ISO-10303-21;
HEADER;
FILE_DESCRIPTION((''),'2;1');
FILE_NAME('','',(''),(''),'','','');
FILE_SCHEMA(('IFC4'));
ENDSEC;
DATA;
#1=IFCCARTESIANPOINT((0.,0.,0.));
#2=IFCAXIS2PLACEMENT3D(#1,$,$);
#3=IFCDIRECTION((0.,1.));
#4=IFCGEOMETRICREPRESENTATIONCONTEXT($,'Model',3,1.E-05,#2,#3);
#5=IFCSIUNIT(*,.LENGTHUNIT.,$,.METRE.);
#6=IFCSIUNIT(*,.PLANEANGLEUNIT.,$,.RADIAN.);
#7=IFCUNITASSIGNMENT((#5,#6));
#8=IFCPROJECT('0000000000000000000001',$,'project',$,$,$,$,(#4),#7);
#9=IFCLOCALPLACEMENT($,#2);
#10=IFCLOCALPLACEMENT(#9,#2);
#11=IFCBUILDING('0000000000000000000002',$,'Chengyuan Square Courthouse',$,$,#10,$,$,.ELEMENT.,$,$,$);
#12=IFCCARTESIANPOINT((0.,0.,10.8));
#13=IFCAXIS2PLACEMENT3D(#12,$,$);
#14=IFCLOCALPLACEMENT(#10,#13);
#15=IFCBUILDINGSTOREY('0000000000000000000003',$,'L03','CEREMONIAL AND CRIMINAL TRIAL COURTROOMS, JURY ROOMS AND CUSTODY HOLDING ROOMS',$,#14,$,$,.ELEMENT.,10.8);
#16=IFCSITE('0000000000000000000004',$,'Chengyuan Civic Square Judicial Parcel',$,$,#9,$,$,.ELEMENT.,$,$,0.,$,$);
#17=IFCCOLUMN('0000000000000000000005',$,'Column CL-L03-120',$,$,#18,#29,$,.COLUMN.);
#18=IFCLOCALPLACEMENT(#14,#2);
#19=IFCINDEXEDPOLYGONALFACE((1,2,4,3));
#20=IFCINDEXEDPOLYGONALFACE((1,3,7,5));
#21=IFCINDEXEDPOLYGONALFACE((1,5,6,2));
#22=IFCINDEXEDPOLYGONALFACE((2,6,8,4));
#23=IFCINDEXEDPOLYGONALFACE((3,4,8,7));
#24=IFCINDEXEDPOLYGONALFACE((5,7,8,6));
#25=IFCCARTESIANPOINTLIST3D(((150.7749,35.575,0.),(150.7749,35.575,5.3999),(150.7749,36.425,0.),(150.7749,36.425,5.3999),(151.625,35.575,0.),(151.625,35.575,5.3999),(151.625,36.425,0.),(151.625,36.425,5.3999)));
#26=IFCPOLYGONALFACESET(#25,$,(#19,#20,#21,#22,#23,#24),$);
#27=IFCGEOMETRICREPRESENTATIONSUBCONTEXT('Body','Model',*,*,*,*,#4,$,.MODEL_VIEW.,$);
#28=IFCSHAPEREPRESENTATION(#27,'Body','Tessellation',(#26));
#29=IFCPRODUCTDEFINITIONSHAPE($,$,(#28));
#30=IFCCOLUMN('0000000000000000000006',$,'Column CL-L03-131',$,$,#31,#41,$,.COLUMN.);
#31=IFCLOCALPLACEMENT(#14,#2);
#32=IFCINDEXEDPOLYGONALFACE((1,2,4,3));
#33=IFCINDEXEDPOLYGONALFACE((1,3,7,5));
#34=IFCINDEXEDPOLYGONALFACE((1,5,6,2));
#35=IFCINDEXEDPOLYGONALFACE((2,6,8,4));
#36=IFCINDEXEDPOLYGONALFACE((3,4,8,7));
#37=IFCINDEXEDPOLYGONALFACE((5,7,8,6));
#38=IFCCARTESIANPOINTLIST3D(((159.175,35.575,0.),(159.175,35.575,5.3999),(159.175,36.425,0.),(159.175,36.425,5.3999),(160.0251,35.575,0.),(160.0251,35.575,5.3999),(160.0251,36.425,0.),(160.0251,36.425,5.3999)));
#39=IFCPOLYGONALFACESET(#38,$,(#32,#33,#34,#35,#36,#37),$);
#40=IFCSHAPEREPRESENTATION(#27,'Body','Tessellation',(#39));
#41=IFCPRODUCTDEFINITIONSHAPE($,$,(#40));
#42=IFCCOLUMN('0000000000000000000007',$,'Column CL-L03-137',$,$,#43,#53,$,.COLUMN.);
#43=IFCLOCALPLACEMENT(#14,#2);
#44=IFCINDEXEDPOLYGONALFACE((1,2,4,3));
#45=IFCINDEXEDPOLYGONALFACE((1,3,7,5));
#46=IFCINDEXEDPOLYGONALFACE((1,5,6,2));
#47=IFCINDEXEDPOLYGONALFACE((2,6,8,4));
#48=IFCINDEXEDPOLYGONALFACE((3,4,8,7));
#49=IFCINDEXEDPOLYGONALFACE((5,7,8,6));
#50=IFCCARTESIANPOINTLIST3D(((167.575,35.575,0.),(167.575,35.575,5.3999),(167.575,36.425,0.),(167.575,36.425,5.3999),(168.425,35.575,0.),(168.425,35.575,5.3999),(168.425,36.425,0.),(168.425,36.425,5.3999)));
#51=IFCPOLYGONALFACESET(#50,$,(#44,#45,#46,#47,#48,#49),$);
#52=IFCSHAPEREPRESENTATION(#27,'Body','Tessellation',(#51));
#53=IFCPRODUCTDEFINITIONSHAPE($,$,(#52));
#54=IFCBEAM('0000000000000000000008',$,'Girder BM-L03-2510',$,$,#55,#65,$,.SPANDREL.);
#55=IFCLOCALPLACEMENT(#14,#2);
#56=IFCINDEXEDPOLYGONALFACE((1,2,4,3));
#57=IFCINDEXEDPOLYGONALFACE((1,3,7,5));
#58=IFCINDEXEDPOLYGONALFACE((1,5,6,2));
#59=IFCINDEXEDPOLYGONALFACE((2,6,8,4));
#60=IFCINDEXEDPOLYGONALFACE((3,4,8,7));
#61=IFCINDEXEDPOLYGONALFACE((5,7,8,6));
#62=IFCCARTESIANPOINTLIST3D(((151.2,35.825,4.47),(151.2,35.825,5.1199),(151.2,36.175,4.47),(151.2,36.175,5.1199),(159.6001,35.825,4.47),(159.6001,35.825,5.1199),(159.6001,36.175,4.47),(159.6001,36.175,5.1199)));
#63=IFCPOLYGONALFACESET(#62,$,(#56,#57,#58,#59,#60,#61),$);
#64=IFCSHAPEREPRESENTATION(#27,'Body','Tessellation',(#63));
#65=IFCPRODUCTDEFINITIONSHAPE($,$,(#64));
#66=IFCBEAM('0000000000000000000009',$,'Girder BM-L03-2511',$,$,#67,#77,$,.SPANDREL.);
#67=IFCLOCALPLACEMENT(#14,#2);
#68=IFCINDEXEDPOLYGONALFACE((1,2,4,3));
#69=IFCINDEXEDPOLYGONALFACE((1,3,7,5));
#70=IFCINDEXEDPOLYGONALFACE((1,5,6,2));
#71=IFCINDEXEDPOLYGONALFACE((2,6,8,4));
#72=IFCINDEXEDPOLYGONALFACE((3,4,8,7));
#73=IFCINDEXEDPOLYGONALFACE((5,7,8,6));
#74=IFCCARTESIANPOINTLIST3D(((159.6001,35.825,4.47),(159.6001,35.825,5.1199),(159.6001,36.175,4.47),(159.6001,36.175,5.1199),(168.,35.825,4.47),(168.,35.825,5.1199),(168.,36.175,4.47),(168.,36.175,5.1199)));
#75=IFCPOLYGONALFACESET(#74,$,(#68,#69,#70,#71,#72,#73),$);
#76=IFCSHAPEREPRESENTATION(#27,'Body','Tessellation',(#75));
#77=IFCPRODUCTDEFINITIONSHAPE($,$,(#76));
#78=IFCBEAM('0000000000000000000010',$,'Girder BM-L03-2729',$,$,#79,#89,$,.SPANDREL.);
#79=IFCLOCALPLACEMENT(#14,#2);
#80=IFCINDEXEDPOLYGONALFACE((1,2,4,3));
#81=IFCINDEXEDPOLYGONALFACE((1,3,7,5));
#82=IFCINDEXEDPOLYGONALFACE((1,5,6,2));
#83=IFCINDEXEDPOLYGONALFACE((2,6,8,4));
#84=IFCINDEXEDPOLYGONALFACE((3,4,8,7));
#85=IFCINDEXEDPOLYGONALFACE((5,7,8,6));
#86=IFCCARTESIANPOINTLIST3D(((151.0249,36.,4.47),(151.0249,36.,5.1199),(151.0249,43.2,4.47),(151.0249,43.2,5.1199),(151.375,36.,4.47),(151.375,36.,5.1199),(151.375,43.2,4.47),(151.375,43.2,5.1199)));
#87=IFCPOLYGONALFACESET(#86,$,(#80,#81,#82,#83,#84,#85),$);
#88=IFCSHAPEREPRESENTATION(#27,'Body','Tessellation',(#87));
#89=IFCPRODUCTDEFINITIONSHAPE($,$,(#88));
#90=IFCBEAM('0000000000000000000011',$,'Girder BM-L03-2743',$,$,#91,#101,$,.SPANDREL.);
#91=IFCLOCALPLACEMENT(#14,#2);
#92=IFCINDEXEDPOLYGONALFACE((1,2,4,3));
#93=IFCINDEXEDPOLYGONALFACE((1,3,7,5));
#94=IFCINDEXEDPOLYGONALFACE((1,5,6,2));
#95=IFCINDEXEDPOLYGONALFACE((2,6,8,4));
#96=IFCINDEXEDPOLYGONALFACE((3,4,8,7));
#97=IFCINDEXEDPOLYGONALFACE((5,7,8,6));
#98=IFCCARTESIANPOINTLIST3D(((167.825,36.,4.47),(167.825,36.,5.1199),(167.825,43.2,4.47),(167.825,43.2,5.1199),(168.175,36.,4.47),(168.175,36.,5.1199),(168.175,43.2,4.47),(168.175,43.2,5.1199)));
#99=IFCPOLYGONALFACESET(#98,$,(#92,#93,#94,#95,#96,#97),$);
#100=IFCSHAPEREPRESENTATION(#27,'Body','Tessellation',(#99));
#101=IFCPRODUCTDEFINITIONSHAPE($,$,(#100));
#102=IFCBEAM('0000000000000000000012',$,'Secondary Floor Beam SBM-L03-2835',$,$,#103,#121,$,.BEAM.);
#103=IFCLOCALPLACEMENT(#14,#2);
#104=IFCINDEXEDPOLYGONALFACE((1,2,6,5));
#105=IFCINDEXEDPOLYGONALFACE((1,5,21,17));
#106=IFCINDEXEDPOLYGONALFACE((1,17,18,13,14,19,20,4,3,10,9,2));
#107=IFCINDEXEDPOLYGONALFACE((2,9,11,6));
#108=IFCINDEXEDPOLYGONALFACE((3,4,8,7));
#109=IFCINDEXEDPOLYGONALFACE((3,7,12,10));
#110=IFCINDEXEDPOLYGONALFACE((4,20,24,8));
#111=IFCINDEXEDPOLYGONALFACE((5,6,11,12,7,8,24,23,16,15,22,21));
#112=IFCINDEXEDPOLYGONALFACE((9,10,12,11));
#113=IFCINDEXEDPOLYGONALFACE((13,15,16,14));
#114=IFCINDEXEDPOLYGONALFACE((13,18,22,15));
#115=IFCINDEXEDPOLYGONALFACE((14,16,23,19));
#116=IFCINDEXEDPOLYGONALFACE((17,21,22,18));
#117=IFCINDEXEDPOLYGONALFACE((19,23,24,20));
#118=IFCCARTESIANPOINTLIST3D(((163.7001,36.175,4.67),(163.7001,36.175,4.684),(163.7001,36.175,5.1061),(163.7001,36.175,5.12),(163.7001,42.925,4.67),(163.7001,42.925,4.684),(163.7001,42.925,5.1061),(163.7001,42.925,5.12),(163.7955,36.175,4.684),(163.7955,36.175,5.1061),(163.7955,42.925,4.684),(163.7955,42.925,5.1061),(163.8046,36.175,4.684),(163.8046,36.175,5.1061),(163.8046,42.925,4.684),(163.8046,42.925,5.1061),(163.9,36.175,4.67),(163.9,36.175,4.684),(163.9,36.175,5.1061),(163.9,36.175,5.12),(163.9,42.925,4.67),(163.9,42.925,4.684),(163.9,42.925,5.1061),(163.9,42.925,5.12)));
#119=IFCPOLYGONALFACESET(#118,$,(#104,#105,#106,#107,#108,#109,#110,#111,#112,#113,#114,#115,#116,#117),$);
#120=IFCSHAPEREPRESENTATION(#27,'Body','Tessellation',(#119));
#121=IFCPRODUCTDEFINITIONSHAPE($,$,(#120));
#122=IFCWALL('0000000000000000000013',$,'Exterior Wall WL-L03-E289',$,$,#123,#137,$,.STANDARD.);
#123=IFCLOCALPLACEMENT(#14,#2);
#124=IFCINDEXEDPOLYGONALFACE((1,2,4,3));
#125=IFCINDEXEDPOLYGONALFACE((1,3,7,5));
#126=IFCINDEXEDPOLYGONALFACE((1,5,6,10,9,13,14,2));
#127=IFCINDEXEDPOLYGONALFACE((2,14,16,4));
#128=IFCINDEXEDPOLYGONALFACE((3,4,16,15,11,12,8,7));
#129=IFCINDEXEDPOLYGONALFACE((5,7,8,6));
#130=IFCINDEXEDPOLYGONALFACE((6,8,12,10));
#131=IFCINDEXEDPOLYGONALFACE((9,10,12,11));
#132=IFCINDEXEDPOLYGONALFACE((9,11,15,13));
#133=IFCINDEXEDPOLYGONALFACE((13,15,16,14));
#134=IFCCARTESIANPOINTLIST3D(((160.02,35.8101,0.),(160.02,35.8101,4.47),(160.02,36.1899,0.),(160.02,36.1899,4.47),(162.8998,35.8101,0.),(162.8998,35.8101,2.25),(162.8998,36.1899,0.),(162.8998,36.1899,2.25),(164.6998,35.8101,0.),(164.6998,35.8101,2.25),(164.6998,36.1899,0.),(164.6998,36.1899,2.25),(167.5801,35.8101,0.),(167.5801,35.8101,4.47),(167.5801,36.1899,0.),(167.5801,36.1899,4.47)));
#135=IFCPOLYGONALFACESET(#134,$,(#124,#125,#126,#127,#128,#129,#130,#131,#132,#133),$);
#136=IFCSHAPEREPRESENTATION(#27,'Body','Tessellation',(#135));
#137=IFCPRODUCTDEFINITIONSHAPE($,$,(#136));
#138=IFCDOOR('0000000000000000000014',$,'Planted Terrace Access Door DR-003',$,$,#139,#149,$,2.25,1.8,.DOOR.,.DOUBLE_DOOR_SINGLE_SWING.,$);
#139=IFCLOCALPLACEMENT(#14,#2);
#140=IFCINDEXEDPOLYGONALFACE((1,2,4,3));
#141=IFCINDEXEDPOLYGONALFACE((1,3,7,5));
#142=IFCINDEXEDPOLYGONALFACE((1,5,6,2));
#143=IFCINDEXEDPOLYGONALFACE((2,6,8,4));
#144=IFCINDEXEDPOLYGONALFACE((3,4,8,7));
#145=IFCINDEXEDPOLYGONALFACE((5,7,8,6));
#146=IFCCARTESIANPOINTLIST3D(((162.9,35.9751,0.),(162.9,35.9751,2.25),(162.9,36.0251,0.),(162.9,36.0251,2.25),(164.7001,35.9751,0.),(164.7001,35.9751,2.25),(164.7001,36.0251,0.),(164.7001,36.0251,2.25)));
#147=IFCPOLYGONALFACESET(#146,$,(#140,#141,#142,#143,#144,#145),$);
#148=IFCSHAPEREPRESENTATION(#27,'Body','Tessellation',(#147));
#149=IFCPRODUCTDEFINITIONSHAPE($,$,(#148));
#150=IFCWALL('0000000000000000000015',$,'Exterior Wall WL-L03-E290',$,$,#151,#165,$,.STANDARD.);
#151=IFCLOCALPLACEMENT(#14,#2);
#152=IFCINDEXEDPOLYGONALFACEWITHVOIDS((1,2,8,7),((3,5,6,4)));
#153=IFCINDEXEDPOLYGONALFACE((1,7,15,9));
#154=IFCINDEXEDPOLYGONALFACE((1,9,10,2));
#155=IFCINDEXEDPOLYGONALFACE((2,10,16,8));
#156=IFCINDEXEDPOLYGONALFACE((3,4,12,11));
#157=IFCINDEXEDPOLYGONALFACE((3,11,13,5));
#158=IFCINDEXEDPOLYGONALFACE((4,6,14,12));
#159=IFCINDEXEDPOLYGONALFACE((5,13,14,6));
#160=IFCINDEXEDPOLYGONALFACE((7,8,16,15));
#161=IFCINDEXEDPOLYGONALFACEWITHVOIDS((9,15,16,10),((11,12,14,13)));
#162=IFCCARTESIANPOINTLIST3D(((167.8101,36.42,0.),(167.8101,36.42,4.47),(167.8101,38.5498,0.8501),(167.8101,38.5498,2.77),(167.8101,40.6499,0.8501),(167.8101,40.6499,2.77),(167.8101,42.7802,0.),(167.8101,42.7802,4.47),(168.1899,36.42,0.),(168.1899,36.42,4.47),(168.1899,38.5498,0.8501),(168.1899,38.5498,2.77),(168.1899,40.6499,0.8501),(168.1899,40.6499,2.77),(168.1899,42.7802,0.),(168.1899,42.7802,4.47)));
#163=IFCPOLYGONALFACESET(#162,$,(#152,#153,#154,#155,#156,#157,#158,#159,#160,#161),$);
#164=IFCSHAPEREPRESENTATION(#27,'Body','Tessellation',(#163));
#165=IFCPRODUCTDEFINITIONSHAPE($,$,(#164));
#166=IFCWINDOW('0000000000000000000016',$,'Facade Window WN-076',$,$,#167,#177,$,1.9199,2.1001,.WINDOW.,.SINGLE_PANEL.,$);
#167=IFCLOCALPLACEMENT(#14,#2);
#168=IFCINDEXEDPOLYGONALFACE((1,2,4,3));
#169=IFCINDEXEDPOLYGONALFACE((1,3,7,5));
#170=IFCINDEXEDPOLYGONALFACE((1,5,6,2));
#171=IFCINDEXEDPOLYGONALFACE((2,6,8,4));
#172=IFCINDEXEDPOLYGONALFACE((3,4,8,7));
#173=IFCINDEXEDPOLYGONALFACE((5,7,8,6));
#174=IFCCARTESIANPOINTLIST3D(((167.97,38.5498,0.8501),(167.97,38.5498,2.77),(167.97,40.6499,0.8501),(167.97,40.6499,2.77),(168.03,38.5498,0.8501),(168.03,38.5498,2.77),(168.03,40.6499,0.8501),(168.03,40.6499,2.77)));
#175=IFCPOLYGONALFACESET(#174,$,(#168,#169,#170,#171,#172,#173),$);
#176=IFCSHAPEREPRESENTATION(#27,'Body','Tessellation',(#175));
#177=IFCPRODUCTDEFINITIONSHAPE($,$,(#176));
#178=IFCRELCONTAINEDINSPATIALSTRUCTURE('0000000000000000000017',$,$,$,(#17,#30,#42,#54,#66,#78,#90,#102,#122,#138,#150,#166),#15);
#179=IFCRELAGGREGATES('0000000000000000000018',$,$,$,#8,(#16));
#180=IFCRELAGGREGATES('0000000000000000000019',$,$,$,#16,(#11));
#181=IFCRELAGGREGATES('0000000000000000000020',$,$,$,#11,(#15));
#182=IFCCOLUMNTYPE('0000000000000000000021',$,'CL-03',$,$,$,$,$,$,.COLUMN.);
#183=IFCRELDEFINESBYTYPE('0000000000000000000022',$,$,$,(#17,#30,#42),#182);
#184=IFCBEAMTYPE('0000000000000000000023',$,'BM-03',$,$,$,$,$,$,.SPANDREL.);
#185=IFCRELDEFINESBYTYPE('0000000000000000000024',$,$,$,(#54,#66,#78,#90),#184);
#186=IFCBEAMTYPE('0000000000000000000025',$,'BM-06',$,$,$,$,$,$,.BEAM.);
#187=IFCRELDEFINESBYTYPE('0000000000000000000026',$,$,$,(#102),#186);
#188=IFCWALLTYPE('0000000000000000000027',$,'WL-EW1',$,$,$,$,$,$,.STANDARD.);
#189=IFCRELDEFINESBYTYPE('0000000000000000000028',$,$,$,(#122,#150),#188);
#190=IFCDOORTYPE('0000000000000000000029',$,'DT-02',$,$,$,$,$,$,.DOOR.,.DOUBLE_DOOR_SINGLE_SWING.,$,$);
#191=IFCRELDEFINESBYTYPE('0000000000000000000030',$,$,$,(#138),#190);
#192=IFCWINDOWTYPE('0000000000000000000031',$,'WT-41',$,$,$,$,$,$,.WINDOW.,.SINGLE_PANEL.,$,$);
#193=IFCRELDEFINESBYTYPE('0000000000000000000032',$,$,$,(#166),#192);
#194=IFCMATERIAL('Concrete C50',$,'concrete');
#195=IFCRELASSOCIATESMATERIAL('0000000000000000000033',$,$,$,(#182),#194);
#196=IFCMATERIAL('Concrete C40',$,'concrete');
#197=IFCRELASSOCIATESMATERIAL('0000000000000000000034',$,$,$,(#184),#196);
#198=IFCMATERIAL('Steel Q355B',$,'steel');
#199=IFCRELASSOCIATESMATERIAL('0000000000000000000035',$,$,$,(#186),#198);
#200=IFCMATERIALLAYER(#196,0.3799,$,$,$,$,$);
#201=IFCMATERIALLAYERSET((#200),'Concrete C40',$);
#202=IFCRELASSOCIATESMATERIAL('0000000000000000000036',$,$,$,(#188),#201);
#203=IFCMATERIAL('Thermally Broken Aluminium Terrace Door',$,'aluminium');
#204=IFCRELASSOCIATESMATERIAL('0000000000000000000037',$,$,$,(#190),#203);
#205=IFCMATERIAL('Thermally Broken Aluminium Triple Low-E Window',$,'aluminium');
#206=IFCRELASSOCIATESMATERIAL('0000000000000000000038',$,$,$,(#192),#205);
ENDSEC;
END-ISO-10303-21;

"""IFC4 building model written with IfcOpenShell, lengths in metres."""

from ifc_helpers import new_model, si_unit, direction, frame, frame_2d, origin, origin_2d, place, context, subcontext, project, spatial, rectangle, i_section, extrude, material, layer, layer_set, material_profile, profile_set, type_object, element, fill, save


model = new_model("IFC4")

# Units and contexts
model_context = context("Model", 3, precision=1e-05, world=origin(), true_north=direction((0.0, 1.0)))
body_context = subcontext(model_context, "Body", "Model", "MODEL_VIEW")
ifc_project = project(units=[si_unit("LENGTHUNIT", "METRE"), si_unit("PLANEANGLEUNIT", "RADIAN")], contexts=[model_context])

# Site, building, storey
site_placement = place(None, origin())
site = spatial("IfcSite", under=ifc_project, at=site_placement, Name="Chengyuan Civic Square Judicial Parcel", CompositionType="ELEMENT", RefElevation=0.0)
building_placement = place(site_placement, origin())
building = spatial("IfcBuilding", under=site, at=building_placement, Name="Chengyuan Square Courthouse", CompositionType="ELEMENT")
storey_placement = place(building_placement, frame((0.0, 0.0, 10.8)))
storey = spatial("IfcBuildingStorey", under=building, at=storey_placement, Name="L03", Description="CEREMONIAL AND CRIMINAL TRIAL COURTROOMS, JURY ROOMS AND CUSTODY HOLDING ROOMS", CompositionType="ELEMENT", Elevation=10.8)

# Columns
ifc_material_1 = material(Name="Concrete C50", Category="concrete")
ifc_material_profile_1 = material_profile(ifc_material_1, rectangle(XDim=0.8501, YDim=0.8501, at=origin_2d()), Name="RC-COL-850x850")
ifc_profile_set_1 = profile_set([ifc_material_profile_1], Name="Concrete C50")
column_type = type_object("IfcColumnType", Name="CL-03", PredefinedType="COLUMN", material=ifc_profile_set_1)
for number, where, z_axis, x_axis, name in (
    (1, (151.2, 36.0, 0.0), (0.0, 0.0, 1.0), (1.0, 0.0, 0.0), "Column CL-L03-120"),
    (2, (159.6001, 36.0, 0.0), (0.0, 0.0, 1.0), (1.0, 0.0, 0.0), "Column CL-L03-131"),
    (3, (168.0, 36.0, 0.0), (0.0, 0.0, 1.0), (1.0, 0.0, 0.0), "Column CL-L03-137"),
):
    element("IfcColumn", number, at=place(storey_placement, frame(where, z_axis=z_axis, x_axis=x_axis)), inside=storey, type_object=column_type, Name=name, PredefinedType="COLUMN", context=body_context, shape_type="SweptSolid", body=[
        extrude(rectangle(XDim=0.8501, YDim=0.8501, at=origin_2d()), origin(), (0.0, 0.0, 1.0), 5.3999),
    ])

# Beams
ifc_material_2 = material(Name="Concrete C40", Category="concrete")
ifc_material_profile_2 = material_profile(ifc_material_2, rectangle(XDim=0.3501, YDim=0.6499, at=origin_2d()), Name="RC-BM-350x650")
ifc_profile_set_2 = profile_set([ifc_material_profile_2], Name="Concrete C40")
beam_type_1 = type_object("IfcBeamType", Name="BM-03", PredefinedType="SPANDREL", material=ifc_profile_set_2)
beam_1_placement = place(storey_placement, frame((151.2, 36.0, 4.7949), z_axis=(1.0, 0.0, 0.0), x_axis=(0.0, 1.0, 0.0)))
element("IfcBeam", 4, at=beam_1_placement, inside=storey, type_object=beam_type_1, Name="Girder BM-L03-2510", PredefinedType="SPANDREL", context=body_context, shape_type="SweptSolid", body=[
    extrude(rectangle(XDim=0.3501, YDim=0.6499, at=origin_2d()), origin(), (0.0, 0.0, 1.0), 8.4001),
])
beam_2_placement = place(storey_placement, frame((159.6001, 36.0, 4.7949), z_axis=(1.0, 0.0, 0.0), x_axis=(0.0, 1.0, 0.0)))
element("IfcBeam", 5, at=beam_2_placement, inside=storey, type_object=beam_type_1, Name="Girder BM-L03-2511", PredefinedType="SPANDREL", context=body_context, shape_type="SweptSolid", body=[
    extrude(rectangle(XDim=0.3501, YDim=0.6499, at=origin_2d()), origin(), (0.0, 0.0, 1.0), 8.3999),
])
for number, where, z_axis, x_axis, name in (
    (6, (151.2, 36.0, 4.7949), (0.0, 1.0, 0.0), (-1.0, 0.0, 0.0), "Girder BM-L03-2729"),
    (7, (168.0, 36.0, 4.7949), (0.0, 1.0, 0.0), (-1.0, 0.0, 0.0), "Girder BM-L03-2743"),
):
    element("IfcBeam", number, at=place(storey_placement, frame(where, z_axis=z_axis, x_axis=x_axis)), inside=storey, type_object=beam_type_1, Name=name, PredefinedType="SPANDREL", context=body_context, shape_type="SweptSolid", body=[
        extrude(rectangle(XDim=0.3501, YDim=0.6499, at=origin_2d()), origin(), (0.0, 0.0, 1.0), 7.2),
    ])
ifc_material_3 = material(Name="Steel Q355B", Category="steel")
ifc_material_profile_3 = material_profile(ifc_material_3, i_section(OverallWidth=0.2, OverallDepth=0.45, WebThickness=0.009, FlangeThickness=0.0139, at=origin_2d()), Name="HN 450x200x9x14")
ifc_profile_set_3 = profile_set([ifc_material_profile_3], Name="Steel Q355B")
beam_type_2 = type_object("IfcBeamType", Name="BM-06", PredefinedType="BEAM", material=ifc_profile_set_3)
beam_3_placement = place(storey_placement, frame((163.8, 36.175, 4.895), z_axis=(0.0, 1.0, 0.0), x_axis=(-1.0, 0.0, 0.0)))
element("IfcBeam", 8, at=beam_3_placement, inside=storey, type_object=beam_type_2, Name="Secondary Floor Beam SBM-L03-2835", PredefinedType="BEAM", context=body_context, shape_type="SweptSolid", body=[
    extrude(i_section(OverallWidth=0.2, OverallDepth=0.45, WebThickness=0.009, FlangeThickness=0.0139, at=origin_2d()), origin(), (0.0, 0.0, 1.0), 6.75),
])

# Wall, opening, door
ifc_layer_1 = layer(ifc_material_2, 0.3799)
ifc_layer_set_1 = layer_set([ifc_layer_1], Name="Concrete C40")
wall_type_1 = type_object("IfcWallType", Name="WL-EW1", PredefinedType="STANDARD", material=ifc_layer_set_1)
wall_1_placement = place(storey_placement, frame((160.02, 36.0, 0.0), z_axis=(0.0, 0.0, 1.0), x_axis=(1.0, 0.0, 0.0)))
wall_1 = element("IfcWall", 9, at=wall_1_placement, inside=storey, type_object=wall_type_1, Name="Exterior Wall WL-L03-E289", PredefinedType="STANDARD", context=body_context, shape_type="SweptSolid", body=[
    extrude(rectangle(XDim=7.5601, YDim=0.3799, at=frame_2d((3.78, 0.0))), origin(), (0.0, 0.0, 1.0), 4.47),
])
opening_1_placement = place(wall_1_placement, frame((2.8799, 0.0, 0.0)))
opening_1 = element("IfcOpeningElement", 10, at=opening_1_placement, cuts=wall_1, PredefinedType="OPENING", context=body_context, shape_type="SweptSolid", body=[
    extrude(rectangle(XDim=1.8, YDim=2.25, at=frame_2d((0.8999, 1.125))), frame((0.0, 0.2019, 0.0), z_axis=(0.0, -1.0, 0.0), x_axis=(1.0, 0.0, 0.0)), (0.0, 0.0, 1.0), 0.4038),
])
ifc_material_4 = material(Name="Thermally Broken Aluminium Terrace Door", Category="aluminium")
door_type = type_object("IfcDoorType", Name="DT-02", OperationType="DOUBLE_DOOR_SINGLE_SWING", PredefinedType="DOOR", material=ifc_material_4)
door_placement = place(opening_1_placement, frame((1.8, 0.0, 0.0), z_axis=(0.0, 0.0, 1.0), x_axis=(-1.0, 0.0, 0.0)))
door = element("IfcDoor", 11, at=door_placement, inside=storey, type_object=door_type, Name="Planted Terrace Access Door DR-003", OperationType="DOUBLE_DOOR_SINGLE_SWING", OverallHeight=2.25, OverallWidth=1.8, PredefinedType="DOOR", context=body_context, shape_type="SweptSolid", body=[
    extrude(rectangle(XDim=1.8, YDim=2.25, at=frame_2d((0.8999, 1.125))), frame((0.0, 0.0249, 0.0), z_axis=(0.0, -1.0, 0.0), x_axis=(1.0, 0.0, 0.0)), (0.0, 0.0, 1.0), 0.05),
])
fill(opening_1, door)

# Wall, opening, window
wall_2_placement = place(storey_placement, frame((168.0, 36.4199, 0.0), z_axis=(0.0, 0.0, 1.0), x_axis=(0.0, 1.0, 0.0)))
wall_2 = element("IfcWall", 12, at=wall_2_placement, inside=storey, type_object=wall_type_1, Name="Exterior Wall WL-L03-E290", PredefinedType="STANDARD", context=body_context, shape_type="SweptSolid", body=[
    extrude(rectangle(XDim=6.3601, YDim=0.3799, at=frame_2d((3.1802, 0.0))), origin(), (0.0, 0.0, 1.0), 4.47),
])
opening_2_placement = place(wall_2_placement, frame((2.1299, 0.0, 0.8501)))
opening_2 = element("IfcOpeningElement", 13, at=opening_2_placement, cuts=wall_2, PredefinedType="OPENING", context=body_context, shape_type="SweptSolid", body=[
    extrude(rectangle(XDim=2.1001, YDim=1.9199, at=frame_2d((1.05, 0.96))), frame((0.0, 0.2019, 0.0), z_axis=(0.0, -1.0, 0.0), x_axis=(1.0, 0.0, 0.0)), (0.0, 0.0, 1.0), 0.4038),
])
ifc_material_5 = material(Name="Thermally Broken Aluminium Triple Low-E Window", Category="aluminium")
window_type = type_object("IfcWindowType", Name="WT-41", PartitioningType="SINGLE_PANEL", PredefinedType="WINDOW", material=ifc_material_5)
window_placement = place(opening_2_placement, origin())
window = element("IfcWindow", 14, at=window_placement, inside=storey, type_object=window_type, Name="Facade Window WN-076", OverallHeight=1.9199, OverallWidth=2.1001, PartitioningType="SINGLE_PANEL", PredefinedType="WINDOW", context=body_context, shape_type="SweptSolid", body=[
    extrude(rectangle(XDim=2.1001, YDim=1.9199, at=frame_2d((1.05, 0.96))), frame((0.0, 0.03, 0.0), z_axis=(0.0, -1.0, 0.0), x_axis=(1.0, 0.0, 0.0)), (0.0, 0.0, 1.0), 0.0601),
])
fill(opening_2, window)

save(model, "model.ifc")
